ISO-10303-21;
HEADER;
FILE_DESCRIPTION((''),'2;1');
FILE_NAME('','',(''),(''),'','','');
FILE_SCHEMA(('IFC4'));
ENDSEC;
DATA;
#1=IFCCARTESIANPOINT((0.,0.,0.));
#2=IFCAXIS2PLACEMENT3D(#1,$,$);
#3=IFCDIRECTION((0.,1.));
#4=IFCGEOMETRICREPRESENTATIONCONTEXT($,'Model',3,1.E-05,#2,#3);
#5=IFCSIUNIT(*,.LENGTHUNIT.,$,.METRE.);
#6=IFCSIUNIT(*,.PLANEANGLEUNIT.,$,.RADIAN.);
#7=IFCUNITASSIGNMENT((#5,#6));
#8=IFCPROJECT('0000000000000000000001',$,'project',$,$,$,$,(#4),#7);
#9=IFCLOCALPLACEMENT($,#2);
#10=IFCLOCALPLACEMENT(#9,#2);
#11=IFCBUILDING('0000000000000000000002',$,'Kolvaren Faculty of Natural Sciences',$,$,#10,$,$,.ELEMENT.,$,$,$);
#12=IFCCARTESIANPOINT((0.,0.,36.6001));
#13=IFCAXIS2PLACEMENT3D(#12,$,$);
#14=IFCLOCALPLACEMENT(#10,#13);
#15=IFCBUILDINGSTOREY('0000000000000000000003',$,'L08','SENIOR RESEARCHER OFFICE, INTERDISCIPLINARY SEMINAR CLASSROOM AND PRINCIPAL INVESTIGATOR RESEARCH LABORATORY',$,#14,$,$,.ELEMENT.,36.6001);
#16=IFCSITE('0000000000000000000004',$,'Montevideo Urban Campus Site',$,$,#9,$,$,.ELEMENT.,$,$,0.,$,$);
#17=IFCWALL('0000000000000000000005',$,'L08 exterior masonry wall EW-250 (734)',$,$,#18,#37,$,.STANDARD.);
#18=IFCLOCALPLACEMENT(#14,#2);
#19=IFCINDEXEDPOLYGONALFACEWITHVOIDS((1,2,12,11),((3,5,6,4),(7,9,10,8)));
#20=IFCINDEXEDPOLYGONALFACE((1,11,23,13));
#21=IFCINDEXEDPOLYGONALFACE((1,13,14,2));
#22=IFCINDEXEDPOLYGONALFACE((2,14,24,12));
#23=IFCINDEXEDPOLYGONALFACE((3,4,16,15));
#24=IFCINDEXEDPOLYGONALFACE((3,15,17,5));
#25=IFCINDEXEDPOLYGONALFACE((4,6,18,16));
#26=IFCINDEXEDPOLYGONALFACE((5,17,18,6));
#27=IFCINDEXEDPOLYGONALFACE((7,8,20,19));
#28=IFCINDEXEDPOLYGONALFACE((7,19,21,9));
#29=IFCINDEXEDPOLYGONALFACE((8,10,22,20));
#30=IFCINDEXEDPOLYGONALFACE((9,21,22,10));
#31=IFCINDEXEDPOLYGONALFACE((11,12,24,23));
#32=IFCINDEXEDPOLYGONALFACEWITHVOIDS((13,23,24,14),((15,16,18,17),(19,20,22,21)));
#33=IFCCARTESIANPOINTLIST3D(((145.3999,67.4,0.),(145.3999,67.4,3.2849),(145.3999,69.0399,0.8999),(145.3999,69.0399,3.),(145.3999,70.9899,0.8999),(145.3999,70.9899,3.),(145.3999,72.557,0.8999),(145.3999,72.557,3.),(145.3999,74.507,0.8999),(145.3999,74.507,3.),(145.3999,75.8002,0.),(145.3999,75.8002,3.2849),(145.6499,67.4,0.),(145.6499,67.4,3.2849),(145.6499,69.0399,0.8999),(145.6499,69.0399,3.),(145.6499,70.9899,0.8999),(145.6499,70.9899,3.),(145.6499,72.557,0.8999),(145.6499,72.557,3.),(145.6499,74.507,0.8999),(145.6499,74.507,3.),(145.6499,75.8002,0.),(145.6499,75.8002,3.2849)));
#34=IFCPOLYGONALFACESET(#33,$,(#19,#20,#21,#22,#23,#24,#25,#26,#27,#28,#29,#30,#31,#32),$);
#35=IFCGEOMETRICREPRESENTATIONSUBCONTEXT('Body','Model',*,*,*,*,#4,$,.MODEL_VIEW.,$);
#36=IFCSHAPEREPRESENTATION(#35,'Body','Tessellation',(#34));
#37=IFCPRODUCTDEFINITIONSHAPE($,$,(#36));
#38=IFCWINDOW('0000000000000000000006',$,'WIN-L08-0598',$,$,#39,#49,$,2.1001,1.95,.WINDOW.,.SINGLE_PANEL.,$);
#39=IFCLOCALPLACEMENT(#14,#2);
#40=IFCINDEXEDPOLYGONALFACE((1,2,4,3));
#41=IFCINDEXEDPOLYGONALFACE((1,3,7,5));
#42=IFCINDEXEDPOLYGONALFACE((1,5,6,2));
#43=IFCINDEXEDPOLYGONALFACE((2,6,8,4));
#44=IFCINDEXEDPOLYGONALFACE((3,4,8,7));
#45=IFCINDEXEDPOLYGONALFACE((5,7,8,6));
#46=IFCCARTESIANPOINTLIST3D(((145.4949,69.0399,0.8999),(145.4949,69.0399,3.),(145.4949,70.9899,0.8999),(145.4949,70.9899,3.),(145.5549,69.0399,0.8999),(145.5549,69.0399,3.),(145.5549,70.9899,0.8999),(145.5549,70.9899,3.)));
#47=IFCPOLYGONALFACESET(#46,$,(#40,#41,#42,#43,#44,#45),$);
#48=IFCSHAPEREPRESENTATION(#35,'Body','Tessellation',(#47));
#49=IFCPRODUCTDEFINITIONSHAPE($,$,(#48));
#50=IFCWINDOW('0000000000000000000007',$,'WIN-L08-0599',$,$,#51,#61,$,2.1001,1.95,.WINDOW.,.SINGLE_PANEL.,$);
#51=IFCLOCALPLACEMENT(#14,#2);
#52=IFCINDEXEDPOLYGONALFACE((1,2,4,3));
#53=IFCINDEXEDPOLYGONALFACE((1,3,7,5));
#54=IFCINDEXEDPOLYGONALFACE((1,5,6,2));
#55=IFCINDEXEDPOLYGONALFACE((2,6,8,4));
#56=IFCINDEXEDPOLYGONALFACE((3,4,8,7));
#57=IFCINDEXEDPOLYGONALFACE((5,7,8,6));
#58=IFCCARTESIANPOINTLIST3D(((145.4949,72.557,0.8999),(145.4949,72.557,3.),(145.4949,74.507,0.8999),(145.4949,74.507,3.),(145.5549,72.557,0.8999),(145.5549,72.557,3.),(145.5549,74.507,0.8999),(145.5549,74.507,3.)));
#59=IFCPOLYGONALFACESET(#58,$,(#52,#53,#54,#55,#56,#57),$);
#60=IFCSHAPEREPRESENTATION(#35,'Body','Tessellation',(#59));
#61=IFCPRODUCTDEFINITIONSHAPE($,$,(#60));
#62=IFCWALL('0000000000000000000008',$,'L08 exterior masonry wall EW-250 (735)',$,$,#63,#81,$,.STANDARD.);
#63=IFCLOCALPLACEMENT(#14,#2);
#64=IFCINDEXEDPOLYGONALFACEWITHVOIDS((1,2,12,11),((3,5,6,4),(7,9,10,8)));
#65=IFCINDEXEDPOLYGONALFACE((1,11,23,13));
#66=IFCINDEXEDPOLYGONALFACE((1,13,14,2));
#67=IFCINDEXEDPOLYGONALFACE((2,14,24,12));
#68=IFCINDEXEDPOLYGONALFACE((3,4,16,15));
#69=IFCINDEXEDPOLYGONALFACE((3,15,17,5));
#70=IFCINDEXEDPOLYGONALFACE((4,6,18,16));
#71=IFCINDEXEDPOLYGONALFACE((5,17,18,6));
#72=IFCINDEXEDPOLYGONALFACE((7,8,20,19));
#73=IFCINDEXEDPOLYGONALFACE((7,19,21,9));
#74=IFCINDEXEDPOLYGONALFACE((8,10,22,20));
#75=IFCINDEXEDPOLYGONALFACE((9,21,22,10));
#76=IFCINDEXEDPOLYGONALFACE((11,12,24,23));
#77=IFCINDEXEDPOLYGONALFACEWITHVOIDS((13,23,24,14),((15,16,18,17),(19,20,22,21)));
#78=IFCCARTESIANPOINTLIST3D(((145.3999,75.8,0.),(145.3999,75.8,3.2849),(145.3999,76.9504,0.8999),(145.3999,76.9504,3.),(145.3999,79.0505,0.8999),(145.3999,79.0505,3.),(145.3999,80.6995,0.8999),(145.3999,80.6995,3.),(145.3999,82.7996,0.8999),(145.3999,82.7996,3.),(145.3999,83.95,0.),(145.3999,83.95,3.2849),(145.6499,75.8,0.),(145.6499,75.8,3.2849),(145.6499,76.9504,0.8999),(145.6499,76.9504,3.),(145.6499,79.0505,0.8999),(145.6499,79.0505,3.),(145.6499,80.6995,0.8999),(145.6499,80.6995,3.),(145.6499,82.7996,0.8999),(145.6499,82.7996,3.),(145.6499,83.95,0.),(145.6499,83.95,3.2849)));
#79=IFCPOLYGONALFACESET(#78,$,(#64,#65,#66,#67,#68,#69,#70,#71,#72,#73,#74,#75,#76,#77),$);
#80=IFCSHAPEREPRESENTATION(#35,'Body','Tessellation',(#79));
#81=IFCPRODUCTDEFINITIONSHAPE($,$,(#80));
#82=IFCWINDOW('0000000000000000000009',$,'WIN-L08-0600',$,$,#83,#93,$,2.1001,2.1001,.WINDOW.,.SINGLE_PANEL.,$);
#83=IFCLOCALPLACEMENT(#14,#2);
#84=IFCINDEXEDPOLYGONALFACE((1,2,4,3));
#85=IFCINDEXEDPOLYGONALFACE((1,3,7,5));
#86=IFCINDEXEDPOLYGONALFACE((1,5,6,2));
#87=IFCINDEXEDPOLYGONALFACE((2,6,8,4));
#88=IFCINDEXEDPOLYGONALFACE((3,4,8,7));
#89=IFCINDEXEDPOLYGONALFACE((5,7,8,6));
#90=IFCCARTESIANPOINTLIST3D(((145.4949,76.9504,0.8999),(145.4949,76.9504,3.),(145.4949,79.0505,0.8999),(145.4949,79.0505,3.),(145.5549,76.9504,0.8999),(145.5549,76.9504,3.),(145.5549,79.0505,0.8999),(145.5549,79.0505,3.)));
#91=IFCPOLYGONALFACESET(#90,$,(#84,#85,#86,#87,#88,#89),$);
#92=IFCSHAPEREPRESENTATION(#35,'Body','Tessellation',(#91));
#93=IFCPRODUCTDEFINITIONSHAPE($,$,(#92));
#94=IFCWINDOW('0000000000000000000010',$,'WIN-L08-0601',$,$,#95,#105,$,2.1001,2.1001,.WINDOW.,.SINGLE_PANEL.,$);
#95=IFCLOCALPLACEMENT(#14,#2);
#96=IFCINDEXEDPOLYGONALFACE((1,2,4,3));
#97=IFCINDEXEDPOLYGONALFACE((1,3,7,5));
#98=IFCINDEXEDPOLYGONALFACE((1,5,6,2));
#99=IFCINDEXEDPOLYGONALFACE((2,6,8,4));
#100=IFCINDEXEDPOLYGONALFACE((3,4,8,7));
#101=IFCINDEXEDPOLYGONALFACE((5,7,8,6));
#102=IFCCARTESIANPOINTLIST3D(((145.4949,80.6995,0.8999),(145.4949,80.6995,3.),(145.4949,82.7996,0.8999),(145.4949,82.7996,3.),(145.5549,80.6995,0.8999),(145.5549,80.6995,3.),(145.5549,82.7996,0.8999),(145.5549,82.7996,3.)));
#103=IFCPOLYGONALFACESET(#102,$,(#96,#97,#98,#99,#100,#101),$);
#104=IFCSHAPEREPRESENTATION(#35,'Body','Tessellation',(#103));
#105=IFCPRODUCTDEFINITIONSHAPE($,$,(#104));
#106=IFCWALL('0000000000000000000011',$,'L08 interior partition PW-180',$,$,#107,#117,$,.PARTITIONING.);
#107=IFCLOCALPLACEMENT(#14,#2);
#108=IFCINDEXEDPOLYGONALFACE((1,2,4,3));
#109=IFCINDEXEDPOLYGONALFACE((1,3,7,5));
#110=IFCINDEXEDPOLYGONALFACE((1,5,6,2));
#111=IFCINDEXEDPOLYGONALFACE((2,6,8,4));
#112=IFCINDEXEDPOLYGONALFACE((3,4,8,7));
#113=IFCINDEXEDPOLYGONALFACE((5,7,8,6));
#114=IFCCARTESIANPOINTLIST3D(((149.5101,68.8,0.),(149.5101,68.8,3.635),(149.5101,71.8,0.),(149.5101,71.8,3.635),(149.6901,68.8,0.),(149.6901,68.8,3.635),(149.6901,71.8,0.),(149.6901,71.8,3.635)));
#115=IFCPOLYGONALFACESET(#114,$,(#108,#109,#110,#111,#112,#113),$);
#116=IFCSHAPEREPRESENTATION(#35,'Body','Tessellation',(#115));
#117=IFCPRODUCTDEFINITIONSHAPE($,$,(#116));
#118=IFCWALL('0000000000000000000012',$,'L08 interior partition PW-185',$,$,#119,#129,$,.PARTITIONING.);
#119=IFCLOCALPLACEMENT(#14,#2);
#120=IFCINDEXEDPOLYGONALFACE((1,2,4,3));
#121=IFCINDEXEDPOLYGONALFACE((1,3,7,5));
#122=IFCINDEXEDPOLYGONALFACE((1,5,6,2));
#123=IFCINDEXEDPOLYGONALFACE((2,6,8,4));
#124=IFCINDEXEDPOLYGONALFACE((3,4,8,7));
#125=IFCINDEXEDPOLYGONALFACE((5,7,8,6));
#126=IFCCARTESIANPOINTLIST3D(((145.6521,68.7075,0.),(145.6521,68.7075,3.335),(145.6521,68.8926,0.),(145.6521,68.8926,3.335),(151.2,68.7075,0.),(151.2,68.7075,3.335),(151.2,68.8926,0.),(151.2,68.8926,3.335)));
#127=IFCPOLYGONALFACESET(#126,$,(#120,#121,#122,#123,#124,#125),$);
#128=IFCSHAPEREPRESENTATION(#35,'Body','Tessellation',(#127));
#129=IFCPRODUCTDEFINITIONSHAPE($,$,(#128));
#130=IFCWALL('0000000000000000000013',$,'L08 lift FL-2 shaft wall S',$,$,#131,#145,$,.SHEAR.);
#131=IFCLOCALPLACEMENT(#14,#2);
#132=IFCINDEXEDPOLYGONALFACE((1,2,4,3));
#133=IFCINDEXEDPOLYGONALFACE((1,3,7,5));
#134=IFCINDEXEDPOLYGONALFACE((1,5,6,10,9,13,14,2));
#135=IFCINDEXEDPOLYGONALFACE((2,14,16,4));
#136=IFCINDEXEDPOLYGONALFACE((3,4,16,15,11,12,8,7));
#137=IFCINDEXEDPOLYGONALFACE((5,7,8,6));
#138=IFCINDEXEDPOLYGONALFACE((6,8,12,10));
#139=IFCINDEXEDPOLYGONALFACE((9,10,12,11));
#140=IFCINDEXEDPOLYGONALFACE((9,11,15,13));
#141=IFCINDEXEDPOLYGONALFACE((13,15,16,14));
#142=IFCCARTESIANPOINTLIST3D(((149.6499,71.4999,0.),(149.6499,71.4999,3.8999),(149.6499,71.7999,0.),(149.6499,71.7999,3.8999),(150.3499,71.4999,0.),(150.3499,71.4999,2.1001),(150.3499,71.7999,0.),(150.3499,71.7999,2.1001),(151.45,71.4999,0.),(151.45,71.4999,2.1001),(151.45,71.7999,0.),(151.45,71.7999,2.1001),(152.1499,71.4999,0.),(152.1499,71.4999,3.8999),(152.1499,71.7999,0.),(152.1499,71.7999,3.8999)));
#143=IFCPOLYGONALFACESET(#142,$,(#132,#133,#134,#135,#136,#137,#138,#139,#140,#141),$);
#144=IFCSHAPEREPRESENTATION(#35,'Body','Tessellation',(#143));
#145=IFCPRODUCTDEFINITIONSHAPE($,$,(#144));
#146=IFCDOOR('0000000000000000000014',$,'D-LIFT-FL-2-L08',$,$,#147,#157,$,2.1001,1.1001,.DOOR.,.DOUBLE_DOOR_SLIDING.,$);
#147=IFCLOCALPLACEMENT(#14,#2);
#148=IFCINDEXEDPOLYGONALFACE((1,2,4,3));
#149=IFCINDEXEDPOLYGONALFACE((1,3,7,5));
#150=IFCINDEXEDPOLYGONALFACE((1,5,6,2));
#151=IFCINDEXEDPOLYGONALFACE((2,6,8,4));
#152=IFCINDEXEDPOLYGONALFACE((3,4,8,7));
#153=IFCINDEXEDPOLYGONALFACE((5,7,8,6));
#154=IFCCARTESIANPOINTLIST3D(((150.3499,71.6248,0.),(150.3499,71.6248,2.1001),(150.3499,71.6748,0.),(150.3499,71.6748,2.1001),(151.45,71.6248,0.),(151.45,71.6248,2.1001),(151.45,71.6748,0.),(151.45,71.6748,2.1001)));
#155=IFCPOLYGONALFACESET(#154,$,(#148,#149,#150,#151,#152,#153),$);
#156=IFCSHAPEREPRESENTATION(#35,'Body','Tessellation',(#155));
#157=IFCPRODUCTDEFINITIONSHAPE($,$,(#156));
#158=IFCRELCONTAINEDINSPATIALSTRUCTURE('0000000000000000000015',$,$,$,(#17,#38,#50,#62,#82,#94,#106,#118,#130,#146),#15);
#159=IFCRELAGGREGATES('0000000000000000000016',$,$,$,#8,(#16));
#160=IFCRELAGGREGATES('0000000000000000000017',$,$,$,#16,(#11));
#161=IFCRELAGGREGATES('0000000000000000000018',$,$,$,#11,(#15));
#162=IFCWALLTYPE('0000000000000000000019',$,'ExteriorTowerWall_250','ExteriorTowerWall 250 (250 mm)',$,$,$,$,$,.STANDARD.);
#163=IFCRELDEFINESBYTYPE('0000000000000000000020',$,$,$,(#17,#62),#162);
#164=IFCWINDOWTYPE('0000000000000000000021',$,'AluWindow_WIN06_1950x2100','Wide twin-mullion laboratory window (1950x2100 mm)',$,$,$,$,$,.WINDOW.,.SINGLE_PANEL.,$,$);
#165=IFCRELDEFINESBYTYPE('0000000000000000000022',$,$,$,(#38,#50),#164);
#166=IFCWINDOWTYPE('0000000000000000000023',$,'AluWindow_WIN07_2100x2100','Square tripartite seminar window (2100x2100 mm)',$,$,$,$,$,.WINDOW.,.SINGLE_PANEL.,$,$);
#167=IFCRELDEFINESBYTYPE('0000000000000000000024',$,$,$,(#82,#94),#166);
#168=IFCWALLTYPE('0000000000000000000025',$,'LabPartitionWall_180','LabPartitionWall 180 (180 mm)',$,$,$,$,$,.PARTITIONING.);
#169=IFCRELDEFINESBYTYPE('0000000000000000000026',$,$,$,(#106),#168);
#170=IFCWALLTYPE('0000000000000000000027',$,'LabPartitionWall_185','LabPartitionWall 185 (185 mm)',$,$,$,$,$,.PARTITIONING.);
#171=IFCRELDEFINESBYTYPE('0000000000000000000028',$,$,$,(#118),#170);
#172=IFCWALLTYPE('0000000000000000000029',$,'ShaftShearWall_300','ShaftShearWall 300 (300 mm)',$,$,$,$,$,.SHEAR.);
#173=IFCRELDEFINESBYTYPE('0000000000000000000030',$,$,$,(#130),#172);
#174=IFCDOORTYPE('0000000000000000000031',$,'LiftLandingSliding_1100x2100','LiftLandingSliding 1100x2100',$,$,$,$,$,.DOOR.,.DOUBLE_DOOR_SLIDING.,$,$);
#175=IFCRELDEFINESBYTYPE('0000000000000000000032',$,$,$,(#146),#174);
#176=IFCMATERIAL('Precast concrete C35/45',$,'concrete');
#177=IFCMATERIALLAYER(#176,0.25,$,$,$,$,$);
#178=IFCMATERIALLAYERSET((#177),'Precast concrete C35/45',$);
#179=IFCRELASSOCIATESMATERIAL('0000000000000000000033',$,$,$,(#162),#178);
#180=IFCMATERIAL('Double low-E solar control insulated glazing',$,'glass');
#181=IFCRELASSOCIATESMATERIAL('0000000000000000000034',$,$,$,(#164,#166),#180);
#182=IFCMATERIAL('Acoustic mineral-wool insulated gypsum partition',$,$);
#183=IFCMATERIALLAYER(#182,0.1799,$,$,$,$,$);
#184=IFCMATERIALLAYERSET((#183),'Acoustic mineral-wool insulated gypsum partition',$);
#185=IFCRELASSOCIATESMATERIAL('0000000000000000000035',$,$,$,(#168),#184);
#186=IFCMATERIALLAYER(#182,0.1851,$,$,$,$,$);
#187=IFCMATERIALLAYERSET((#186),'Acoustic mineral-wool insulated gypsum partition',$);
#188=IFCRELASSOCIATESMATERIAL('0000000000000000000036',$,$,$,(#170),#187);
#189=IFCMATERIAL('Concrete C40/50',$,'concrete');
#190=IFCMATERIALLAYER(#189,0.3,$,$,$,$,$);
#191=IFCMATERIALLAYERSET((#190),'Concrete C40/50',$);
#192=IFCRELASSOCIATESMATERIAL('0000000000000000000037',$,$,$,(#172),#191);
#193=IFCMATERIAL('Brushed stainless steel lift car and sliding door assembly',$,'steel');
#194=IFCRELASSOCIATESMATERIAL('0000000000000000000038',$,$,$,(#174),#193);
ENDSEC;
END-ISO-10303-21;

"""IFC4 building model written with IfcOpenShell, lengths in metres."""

from ifc_helpers import new_model, si_unit, direction, frame, frame_2d, origin, place, context, subcontext, project, spatial, rectangle, extrude, material, layer, layer_set, type_object, element, fill, save


model = new_model("IFC4")

# Units and contexts
model_context = context("Model", 3, precision=1e-05, world=origin(), true_north=direction((0.0, 1.0)))
body_context = subcontext(model_context, "Body", "Model", "MODEL_VIEW")
ifc_project = project(units=[si_unit("LENGTHUNIT", "METRE"), si_unit("PLANEANGLEUNIT", "RADIAN")], contexts=[model_context])

# Site, building, storey
site_placement = place(None, origin())
site = spatial("IfcSite", under=ifc_project, at=site_placement, Name="Montevideo Urban Campus Site", CompositionType="ELEMENT", RefElevation=0.0)
building_placement = place(site_placement, origin())
building = spatial("IfcBuilding", under=site, at=building_placement, Name="Kolvaren Faculty of Natural Sciences", CompositionType="ELEMENT")
storey_placement = place(building_placement, frame((0.0, 0.0, 36.6001)))
storey = spatial("IfcBuildingStorey", under=building, at=storey_placement, Name="L08", Description="SENIOR RESEARCHER OFFICE, INTERDISCIPLINARY SEMINAR CLASSROOM AND PRINCIPAL INVESTIGATOR RESEARCH LABORATORY", CompositionType="ELEMENT", Elevation=36.6001)

# Walls, openings, windows
ifc_material_1 = material(Name="Precast concrete C35/45", Category="concrete")
ifc_layer_1 = layer(ifc_material_1, 0.25)
ifc_layer_set_1 = layer_set([ifc_layer_1], Name="Precast concrete C35/45")
wall_type_1 = type_object("IfcWallType", Name="ExteriorTowerWall_250", Description="ExteriorTowerWall 250 (250 mm)", PredefinedType="STANDARD", material=ifc_layer_set_1)
ifc_material_2 = material(Name="Double low-E solar control insulated glazing", Category="glass")
wall_1_placement = place(storey_placement, frame((145.5249, 67.3999, 0.0), z_axis=(0.0, 0.0, 1.0), x_axis=(0.0, 1.0, 0.0)))
wall_1 = element("IfcWall", 1, at=wall_1_placement, inside=storey, type_object=wall_type_1, Name="L08 exterior masonry wall EW-250 (734)", PredefinedType="STANDARD", context=body_context, shape_type="SweptSolid", body=[
    extrude(rectangle(XDim=8.4001, YDim=0.25, at=frame_2d((4.2002, 0.0))), origin(), (0.0, 0.0, 1.0), 3.2849),
])
opening_1_placement = place(wall_1_placement, frame((1.6399, 0.0, 0.8999)))
opening_1 = element("IfcOpeningElement", 2, at=opening_1_placement, cuts=wall_1, PredefinedType="OPENING", context=body_context, shape_type="SweptSolid", body=[
    extrude(rectangle(XDim=1.95, YDim=2.1001, at=frame_2d((0.9751, 1.05))), frame((0.0, 0.135, 0.0), z_axis=(0.0, -1.0, 0.0), x_axis=(1.0, 0.0, 0.0)), (0.0, 0.0, 1.0), 0.27),
])
opening_2_placement = place(wall_1_placement, frame((5.157, 0.0, 0.8999)))
opening_2 = element("IfcOpeningElement", 3, at=opening_2_placement, cuts=wall_1, PredefinedType="OPENING", context=body_context, shape_type="SweptSolid", body=[
    extrude(rectangle(XDim=1.95, YDim=2.1001, at=frame_2d((0.9751, 1.05))), frame((0.0, 0.135, 0.0), z_axis=(0.0, -1.0, 0.0), x_axis=(1.0, 0.0, 0.0)), (0.0, 0.0, 1.0), 0.27),
])
window_type_1 = type_object("IfcWindowType", Name="AluWindow_WIN06_1950x2100", Description="Wide twin-mullion laboratory window (1950x2100 mm)", PartitioningType="SINGLE_PANEL", PredefinedType="WINDOW", material=ifc_material_2)
window_1_placement = place(opening_1_placement, origin())
window_1 = element("IfcWindow", 4, at=window_1_placement, inside=storey, type_object=window_type_1, Name="WIN-L08-0598", OverallHeight=2.1001, OverallWidth=1.95, PartitioningType="SINGLE_PANEL", PredefinedType="WINDOW", context=body_context, shape_type="SweptSolid", body=[
    extrude(rectangle(XDim=1.95, YDim=2.1001, at=frame_2d((0.9751, 1.05))), frame((0.0, 0.03, 0.0), z_axis=(0.0, -1.0, 0.0), x_axis=(1.0, 0.0, 0.0)), (0.0, 0.0, 1.0), 0.0601),
])
fill(opening_1, window_1)
window_2_placement = place(opening_2_placement, origin())
window_2 = element("IfcWindow", 5, at=window_2_placement, inside=storey, type_object=window_type_1, Name="WIN-L08-0599", OverallHeight=2.1001, OverallWidth=1.95, PartitioningType="SINGLE_PANEL", PredefinedType="WINDOW", context=body_context, shape_type="SweptSolid", body=[
    extrude(rectangle(XDim=1.95, YDim=2.1001, at=frame_2d((0.9751, 1.05))), frame((0.0, 0.03, 0.0), z_axis=(0.0, -1.0, 0.0), x_axis=(1.0, 0.0, 0.0)), (0.0, 0.0, 1.0), 0.0601),
])
fill(opening_2, window_2)
wall_2_placement = place(storey_placement, frame((145.5249, 75.8, 0.0), z_axis=(0.0, 0.0, 1.0), x_axis=(0.0, 1.0, 0.0)))
wall_2 = element("IfcWall", 6, at=wall_2_placement, inside=storey, type_object=wall_type_1, Name="L08 exterior masonry wall EW-250 (735)", PredefinedType="STANDARD", context=body_context, shape_type="SweptSolid", body=[
    extrude(rectangle(XDim=8.1499, YDim=0.25, at=frame_2d((4.075, 0.0))), origin(), (0.0, 0.0, 1.0), 3.2849),
])
opening_3_placement = place(wall_2_placement, frame((1.1504, 0.0, 0.8999)))
opening_3 = element("IfcOpeningElement", 7, at=opening_3_placement, cuts=wall_2, PredefinedType="OPENING", context=body_context, shape_type="SweptSolid", body=[
    extrude(rectangle(XDim=2.1001, YDim=2.1001, at=frame_2d((1.05, 1.05))), frame((0.0, 0.135, 0.0), z_axis=(0.0, -1.0, 0.0), x_axis=(1.0, 0.0, 0.0)), (0.0, 0.0, 1.0), 0.27),
])
opening_4_placement = place(wall_2_placement, frame((4.8994, 0.0, 0.8999)))
opening_4 = element("IfcOpeningElement", 8, at=opening_4_placement, cuts=wall_2, PredefinedType="OPENING", context=body_context, shape_type="SweptSolid", body=[
    extrude(rectangle(XDim=2.1001, YDim=2.1001, at=frame_2d((1.05, 1.05))), frame((0.0, 0.135, 0.0), z_axis=(0.0, -1.0, 0.0), x_axis=(1.0, 0.0, 0.0)), (0.0, 0.0, 1.0), 0.27),
])
window_type_2 = type_object("IfcWindowType", Name="AluWindow_WIN07_2100x2100", Description="Square tripartite seminar window (2100x2100 mm)", PartitioningType="SINGLE_PANEL", PredefinedType="WINDOW", material=ifc_material_2)
window_3_placement = place(opening_3_placement, origin())
window_3 = element("IfcWindow", 9, at=window_3_placement, inside=storey, type_object=window_type_2, Name="WIN-L08-0600", OverallHeight=2.1001, OverallWidth=2.1001, PartitioningType="SINGLE_PANEL", PredefinedType="WINDOW", context=body_context, shape_type="SweptSolid", body=[
    extrude(rectangle(XDim=2.1001, YDim=2.1001, at=frame_2d((1.05, 1.05))), frame((0.0, 0.03, 0.0), z_axis=(0.0, -1.0, 0.0), x_axis=(1.0, 0.0, 0.0)), (0.0, 0.0, 1.0), 0.0601),
])
fill(opening_3, window_3)
window_4_placement = place(opening_4_placement, origin())
window_4 = element("IfcWindow", 10, at=window_4_placement, inside=storey, type_object=window_type_2, Name="WIN-L08-0601", OverallHeight=2.1001, OverallWidth=2.1001, PartitioningType="SINGLE_PANEL", PredefinedType="WINDOW", context=body_context, shape_type="SweptSolid", body=[
    extrude(rectangle(XDim=2.1001, YDim=2.1001, at=frame_2d((1.05, 1.05))), frame((0.0, 0.03, 0.0), z_axis=(0.0, -1.0, 0.0), x_axis=(1.0, 0.0, 0.0)), (0.0, 0.0, 1.0), 0.0601),
])
fill(opening_4, window_4)

# Walls
ifc_material_3 = material(Name="Acoustic mineral-wool insulated gypsum partition")
ifc_layer_2 = layer(ifc_material_3, 0.1799)
ifc_layer_set_2 = layer_set([ifc_layer_2], Name="Acoustic mineral-wool insulated gypsum partition")
wall_type_2 = type_object("IfcWallType", Name="LabPartitionWall_180", Description="LabPartitionWall 180 (180 mm)", PredefinedType="PARTITIONING", material=ifc_layer_set_2)
wall_3_placement = place(storey_placement, frame((149.6001, 71.8, 0.0), z_axis=(0.0, 0.0, 1.0), x_axis=(0.0, -1.0, 0.0)))
element("IfcWall", 11, at=wall_3_placement, inside=storey, type_object=wall_type_2, Name="L08 interior partition PW-180", PredefinedType="PARTITIONING", context=body_context, shape_type="SweptSolid", body=[
    extrude(rectangle(XDim=3.0, YDim=0.1799, at=frame_2d((1.5, 0.0))), origin(), (0.0, 0.0, 1.0), 3.635),
])
ifc_layer_3 = layer(ifc_material_3, 0.1851)
ifc_layer_set_3 = layer_set([ifc_layer_3], Name="Acoustic mineral-wool insulated gypsum partition")
wall_type_3 = type_object("IfcWallType", Name="LabPartitionWall_185", Description="LabPartitionWall 185 (185 mm)", PredefinedType="PARTITIONING", material=ifc_layer_set_3)
wall_4_placement = place(storey_placement, frame((145.6521, 68.8, 0.0), z_axis=(0.0, 0.0, 1.0), x_axis=(1.0, 0.0, 0.0)))
element("IfcWall", 12, at=wall_4_placement, inside=storey, type_object=wall_type_3, Name="L08 interior partition PW-185", PredefinedType="PARTITIONING", context=body_context, shape_type="SweptSolid", body=[
    extrude(rectangle(XDim=5.5479, YDim=0.1851, at=frame_2d((2.7739, 0.0))), origin(), (0.0, 0.0, 1.0), 3.335),
])

# Wall, opening, door
ifc_material_4 = material(Name="Concrete C40/50", Category="concrete")
ifc_layer_4 = layer(ifc_material_4, 0.3)
ifc_layer_set_4 = layer_set([ifc_layer_4], Name="Concrete C40/50")
wall_type_4 = type_object("IfcWallType", Name="ShaftShearWall_300", Description="ShaftShearWall 300 (300 mm)", PredefinedType="SHEAR", material=ifc_layer_set_4)
wall_5_placement = place(storey_placement, frame((149.6499, 71.6499, 0.0), z_axis=(0.0, 0.0, 1.0), x_axis=(1.0, 0.0, 0.0)))
wall_5 = element("IfcWall", 13, at=wall_5_placement, inside=storey, type_object=wall_type_4, Name="L08 lift FL-2 shaft wall S", PredefinedType="SHEAR", context=body_context, shape_type="SweptSolid", body=[
    extrude(rectangle(XDim=2.5, YDim=0.3, at=frame_2d((1.25, 0.0))), origin(), (0.0, 0.0, 1.0), 3.8999),
])
opening_5_placement = place(wall_5_placement, frame((0.7, 0.0, 0.0)))
opening_5 = element("IfcOpeningElement", 14, at=opening_5_placement, cuts=wall_5, PredefinedType="OPENING", context=body_context, shape_type="SweptSolid", body=[
    extrude(rectangle(XDim=1.1001, YDim=2.1001, at=frame_2d((0.55, 1.05))), frame((0.0, 0.1599, 0.0), z_axis=(0.0, -1.0, 0.0), x_axis=(1.0, 0.0, 0.0)), (0.0, 0.0, 1.0), 0.3201),
])
ifc_material_5 = material(Name="Brushed stainless steel lift car and sliding door assembly", Category="steel")
door_type = type_object("IfcDoorType", Name="LiftLandingSliding_1100x2100", Description="LiftLandingSliding 1100x2100", OperationType="DOUBLE_DOOR_SLIDING", PredefinedType="DOOR", material=ifc_material_5)
door_placement = place(opening_5_placement, origin())
door = element("IfcDoor", 15, at=door_placement, inside=storey, type_object=door_type, Name="D-LIFT-FL-2-L08", OperationType="DOUBLE_DOOR_SLIDING", OverallHeight=2.1001, OverallWidth=1.1001, PredefinedType="DOOR", context=body_context, shape_type="SweptSolid", body=[
    extrude(rectangle(XDim=1.1001, YDim=2.1001, at=frame_2d((0.55, 1.05))), frame((0.0, 0.0249, 0.0), z_axis=(0.0, -1.0, 0.0), x_axis=(1.0, 0.0, 0.0)), (0.0, 0.0, 1.0), 0.05),
])
fill(opening_5, door)

save(model, "model.ifc")
